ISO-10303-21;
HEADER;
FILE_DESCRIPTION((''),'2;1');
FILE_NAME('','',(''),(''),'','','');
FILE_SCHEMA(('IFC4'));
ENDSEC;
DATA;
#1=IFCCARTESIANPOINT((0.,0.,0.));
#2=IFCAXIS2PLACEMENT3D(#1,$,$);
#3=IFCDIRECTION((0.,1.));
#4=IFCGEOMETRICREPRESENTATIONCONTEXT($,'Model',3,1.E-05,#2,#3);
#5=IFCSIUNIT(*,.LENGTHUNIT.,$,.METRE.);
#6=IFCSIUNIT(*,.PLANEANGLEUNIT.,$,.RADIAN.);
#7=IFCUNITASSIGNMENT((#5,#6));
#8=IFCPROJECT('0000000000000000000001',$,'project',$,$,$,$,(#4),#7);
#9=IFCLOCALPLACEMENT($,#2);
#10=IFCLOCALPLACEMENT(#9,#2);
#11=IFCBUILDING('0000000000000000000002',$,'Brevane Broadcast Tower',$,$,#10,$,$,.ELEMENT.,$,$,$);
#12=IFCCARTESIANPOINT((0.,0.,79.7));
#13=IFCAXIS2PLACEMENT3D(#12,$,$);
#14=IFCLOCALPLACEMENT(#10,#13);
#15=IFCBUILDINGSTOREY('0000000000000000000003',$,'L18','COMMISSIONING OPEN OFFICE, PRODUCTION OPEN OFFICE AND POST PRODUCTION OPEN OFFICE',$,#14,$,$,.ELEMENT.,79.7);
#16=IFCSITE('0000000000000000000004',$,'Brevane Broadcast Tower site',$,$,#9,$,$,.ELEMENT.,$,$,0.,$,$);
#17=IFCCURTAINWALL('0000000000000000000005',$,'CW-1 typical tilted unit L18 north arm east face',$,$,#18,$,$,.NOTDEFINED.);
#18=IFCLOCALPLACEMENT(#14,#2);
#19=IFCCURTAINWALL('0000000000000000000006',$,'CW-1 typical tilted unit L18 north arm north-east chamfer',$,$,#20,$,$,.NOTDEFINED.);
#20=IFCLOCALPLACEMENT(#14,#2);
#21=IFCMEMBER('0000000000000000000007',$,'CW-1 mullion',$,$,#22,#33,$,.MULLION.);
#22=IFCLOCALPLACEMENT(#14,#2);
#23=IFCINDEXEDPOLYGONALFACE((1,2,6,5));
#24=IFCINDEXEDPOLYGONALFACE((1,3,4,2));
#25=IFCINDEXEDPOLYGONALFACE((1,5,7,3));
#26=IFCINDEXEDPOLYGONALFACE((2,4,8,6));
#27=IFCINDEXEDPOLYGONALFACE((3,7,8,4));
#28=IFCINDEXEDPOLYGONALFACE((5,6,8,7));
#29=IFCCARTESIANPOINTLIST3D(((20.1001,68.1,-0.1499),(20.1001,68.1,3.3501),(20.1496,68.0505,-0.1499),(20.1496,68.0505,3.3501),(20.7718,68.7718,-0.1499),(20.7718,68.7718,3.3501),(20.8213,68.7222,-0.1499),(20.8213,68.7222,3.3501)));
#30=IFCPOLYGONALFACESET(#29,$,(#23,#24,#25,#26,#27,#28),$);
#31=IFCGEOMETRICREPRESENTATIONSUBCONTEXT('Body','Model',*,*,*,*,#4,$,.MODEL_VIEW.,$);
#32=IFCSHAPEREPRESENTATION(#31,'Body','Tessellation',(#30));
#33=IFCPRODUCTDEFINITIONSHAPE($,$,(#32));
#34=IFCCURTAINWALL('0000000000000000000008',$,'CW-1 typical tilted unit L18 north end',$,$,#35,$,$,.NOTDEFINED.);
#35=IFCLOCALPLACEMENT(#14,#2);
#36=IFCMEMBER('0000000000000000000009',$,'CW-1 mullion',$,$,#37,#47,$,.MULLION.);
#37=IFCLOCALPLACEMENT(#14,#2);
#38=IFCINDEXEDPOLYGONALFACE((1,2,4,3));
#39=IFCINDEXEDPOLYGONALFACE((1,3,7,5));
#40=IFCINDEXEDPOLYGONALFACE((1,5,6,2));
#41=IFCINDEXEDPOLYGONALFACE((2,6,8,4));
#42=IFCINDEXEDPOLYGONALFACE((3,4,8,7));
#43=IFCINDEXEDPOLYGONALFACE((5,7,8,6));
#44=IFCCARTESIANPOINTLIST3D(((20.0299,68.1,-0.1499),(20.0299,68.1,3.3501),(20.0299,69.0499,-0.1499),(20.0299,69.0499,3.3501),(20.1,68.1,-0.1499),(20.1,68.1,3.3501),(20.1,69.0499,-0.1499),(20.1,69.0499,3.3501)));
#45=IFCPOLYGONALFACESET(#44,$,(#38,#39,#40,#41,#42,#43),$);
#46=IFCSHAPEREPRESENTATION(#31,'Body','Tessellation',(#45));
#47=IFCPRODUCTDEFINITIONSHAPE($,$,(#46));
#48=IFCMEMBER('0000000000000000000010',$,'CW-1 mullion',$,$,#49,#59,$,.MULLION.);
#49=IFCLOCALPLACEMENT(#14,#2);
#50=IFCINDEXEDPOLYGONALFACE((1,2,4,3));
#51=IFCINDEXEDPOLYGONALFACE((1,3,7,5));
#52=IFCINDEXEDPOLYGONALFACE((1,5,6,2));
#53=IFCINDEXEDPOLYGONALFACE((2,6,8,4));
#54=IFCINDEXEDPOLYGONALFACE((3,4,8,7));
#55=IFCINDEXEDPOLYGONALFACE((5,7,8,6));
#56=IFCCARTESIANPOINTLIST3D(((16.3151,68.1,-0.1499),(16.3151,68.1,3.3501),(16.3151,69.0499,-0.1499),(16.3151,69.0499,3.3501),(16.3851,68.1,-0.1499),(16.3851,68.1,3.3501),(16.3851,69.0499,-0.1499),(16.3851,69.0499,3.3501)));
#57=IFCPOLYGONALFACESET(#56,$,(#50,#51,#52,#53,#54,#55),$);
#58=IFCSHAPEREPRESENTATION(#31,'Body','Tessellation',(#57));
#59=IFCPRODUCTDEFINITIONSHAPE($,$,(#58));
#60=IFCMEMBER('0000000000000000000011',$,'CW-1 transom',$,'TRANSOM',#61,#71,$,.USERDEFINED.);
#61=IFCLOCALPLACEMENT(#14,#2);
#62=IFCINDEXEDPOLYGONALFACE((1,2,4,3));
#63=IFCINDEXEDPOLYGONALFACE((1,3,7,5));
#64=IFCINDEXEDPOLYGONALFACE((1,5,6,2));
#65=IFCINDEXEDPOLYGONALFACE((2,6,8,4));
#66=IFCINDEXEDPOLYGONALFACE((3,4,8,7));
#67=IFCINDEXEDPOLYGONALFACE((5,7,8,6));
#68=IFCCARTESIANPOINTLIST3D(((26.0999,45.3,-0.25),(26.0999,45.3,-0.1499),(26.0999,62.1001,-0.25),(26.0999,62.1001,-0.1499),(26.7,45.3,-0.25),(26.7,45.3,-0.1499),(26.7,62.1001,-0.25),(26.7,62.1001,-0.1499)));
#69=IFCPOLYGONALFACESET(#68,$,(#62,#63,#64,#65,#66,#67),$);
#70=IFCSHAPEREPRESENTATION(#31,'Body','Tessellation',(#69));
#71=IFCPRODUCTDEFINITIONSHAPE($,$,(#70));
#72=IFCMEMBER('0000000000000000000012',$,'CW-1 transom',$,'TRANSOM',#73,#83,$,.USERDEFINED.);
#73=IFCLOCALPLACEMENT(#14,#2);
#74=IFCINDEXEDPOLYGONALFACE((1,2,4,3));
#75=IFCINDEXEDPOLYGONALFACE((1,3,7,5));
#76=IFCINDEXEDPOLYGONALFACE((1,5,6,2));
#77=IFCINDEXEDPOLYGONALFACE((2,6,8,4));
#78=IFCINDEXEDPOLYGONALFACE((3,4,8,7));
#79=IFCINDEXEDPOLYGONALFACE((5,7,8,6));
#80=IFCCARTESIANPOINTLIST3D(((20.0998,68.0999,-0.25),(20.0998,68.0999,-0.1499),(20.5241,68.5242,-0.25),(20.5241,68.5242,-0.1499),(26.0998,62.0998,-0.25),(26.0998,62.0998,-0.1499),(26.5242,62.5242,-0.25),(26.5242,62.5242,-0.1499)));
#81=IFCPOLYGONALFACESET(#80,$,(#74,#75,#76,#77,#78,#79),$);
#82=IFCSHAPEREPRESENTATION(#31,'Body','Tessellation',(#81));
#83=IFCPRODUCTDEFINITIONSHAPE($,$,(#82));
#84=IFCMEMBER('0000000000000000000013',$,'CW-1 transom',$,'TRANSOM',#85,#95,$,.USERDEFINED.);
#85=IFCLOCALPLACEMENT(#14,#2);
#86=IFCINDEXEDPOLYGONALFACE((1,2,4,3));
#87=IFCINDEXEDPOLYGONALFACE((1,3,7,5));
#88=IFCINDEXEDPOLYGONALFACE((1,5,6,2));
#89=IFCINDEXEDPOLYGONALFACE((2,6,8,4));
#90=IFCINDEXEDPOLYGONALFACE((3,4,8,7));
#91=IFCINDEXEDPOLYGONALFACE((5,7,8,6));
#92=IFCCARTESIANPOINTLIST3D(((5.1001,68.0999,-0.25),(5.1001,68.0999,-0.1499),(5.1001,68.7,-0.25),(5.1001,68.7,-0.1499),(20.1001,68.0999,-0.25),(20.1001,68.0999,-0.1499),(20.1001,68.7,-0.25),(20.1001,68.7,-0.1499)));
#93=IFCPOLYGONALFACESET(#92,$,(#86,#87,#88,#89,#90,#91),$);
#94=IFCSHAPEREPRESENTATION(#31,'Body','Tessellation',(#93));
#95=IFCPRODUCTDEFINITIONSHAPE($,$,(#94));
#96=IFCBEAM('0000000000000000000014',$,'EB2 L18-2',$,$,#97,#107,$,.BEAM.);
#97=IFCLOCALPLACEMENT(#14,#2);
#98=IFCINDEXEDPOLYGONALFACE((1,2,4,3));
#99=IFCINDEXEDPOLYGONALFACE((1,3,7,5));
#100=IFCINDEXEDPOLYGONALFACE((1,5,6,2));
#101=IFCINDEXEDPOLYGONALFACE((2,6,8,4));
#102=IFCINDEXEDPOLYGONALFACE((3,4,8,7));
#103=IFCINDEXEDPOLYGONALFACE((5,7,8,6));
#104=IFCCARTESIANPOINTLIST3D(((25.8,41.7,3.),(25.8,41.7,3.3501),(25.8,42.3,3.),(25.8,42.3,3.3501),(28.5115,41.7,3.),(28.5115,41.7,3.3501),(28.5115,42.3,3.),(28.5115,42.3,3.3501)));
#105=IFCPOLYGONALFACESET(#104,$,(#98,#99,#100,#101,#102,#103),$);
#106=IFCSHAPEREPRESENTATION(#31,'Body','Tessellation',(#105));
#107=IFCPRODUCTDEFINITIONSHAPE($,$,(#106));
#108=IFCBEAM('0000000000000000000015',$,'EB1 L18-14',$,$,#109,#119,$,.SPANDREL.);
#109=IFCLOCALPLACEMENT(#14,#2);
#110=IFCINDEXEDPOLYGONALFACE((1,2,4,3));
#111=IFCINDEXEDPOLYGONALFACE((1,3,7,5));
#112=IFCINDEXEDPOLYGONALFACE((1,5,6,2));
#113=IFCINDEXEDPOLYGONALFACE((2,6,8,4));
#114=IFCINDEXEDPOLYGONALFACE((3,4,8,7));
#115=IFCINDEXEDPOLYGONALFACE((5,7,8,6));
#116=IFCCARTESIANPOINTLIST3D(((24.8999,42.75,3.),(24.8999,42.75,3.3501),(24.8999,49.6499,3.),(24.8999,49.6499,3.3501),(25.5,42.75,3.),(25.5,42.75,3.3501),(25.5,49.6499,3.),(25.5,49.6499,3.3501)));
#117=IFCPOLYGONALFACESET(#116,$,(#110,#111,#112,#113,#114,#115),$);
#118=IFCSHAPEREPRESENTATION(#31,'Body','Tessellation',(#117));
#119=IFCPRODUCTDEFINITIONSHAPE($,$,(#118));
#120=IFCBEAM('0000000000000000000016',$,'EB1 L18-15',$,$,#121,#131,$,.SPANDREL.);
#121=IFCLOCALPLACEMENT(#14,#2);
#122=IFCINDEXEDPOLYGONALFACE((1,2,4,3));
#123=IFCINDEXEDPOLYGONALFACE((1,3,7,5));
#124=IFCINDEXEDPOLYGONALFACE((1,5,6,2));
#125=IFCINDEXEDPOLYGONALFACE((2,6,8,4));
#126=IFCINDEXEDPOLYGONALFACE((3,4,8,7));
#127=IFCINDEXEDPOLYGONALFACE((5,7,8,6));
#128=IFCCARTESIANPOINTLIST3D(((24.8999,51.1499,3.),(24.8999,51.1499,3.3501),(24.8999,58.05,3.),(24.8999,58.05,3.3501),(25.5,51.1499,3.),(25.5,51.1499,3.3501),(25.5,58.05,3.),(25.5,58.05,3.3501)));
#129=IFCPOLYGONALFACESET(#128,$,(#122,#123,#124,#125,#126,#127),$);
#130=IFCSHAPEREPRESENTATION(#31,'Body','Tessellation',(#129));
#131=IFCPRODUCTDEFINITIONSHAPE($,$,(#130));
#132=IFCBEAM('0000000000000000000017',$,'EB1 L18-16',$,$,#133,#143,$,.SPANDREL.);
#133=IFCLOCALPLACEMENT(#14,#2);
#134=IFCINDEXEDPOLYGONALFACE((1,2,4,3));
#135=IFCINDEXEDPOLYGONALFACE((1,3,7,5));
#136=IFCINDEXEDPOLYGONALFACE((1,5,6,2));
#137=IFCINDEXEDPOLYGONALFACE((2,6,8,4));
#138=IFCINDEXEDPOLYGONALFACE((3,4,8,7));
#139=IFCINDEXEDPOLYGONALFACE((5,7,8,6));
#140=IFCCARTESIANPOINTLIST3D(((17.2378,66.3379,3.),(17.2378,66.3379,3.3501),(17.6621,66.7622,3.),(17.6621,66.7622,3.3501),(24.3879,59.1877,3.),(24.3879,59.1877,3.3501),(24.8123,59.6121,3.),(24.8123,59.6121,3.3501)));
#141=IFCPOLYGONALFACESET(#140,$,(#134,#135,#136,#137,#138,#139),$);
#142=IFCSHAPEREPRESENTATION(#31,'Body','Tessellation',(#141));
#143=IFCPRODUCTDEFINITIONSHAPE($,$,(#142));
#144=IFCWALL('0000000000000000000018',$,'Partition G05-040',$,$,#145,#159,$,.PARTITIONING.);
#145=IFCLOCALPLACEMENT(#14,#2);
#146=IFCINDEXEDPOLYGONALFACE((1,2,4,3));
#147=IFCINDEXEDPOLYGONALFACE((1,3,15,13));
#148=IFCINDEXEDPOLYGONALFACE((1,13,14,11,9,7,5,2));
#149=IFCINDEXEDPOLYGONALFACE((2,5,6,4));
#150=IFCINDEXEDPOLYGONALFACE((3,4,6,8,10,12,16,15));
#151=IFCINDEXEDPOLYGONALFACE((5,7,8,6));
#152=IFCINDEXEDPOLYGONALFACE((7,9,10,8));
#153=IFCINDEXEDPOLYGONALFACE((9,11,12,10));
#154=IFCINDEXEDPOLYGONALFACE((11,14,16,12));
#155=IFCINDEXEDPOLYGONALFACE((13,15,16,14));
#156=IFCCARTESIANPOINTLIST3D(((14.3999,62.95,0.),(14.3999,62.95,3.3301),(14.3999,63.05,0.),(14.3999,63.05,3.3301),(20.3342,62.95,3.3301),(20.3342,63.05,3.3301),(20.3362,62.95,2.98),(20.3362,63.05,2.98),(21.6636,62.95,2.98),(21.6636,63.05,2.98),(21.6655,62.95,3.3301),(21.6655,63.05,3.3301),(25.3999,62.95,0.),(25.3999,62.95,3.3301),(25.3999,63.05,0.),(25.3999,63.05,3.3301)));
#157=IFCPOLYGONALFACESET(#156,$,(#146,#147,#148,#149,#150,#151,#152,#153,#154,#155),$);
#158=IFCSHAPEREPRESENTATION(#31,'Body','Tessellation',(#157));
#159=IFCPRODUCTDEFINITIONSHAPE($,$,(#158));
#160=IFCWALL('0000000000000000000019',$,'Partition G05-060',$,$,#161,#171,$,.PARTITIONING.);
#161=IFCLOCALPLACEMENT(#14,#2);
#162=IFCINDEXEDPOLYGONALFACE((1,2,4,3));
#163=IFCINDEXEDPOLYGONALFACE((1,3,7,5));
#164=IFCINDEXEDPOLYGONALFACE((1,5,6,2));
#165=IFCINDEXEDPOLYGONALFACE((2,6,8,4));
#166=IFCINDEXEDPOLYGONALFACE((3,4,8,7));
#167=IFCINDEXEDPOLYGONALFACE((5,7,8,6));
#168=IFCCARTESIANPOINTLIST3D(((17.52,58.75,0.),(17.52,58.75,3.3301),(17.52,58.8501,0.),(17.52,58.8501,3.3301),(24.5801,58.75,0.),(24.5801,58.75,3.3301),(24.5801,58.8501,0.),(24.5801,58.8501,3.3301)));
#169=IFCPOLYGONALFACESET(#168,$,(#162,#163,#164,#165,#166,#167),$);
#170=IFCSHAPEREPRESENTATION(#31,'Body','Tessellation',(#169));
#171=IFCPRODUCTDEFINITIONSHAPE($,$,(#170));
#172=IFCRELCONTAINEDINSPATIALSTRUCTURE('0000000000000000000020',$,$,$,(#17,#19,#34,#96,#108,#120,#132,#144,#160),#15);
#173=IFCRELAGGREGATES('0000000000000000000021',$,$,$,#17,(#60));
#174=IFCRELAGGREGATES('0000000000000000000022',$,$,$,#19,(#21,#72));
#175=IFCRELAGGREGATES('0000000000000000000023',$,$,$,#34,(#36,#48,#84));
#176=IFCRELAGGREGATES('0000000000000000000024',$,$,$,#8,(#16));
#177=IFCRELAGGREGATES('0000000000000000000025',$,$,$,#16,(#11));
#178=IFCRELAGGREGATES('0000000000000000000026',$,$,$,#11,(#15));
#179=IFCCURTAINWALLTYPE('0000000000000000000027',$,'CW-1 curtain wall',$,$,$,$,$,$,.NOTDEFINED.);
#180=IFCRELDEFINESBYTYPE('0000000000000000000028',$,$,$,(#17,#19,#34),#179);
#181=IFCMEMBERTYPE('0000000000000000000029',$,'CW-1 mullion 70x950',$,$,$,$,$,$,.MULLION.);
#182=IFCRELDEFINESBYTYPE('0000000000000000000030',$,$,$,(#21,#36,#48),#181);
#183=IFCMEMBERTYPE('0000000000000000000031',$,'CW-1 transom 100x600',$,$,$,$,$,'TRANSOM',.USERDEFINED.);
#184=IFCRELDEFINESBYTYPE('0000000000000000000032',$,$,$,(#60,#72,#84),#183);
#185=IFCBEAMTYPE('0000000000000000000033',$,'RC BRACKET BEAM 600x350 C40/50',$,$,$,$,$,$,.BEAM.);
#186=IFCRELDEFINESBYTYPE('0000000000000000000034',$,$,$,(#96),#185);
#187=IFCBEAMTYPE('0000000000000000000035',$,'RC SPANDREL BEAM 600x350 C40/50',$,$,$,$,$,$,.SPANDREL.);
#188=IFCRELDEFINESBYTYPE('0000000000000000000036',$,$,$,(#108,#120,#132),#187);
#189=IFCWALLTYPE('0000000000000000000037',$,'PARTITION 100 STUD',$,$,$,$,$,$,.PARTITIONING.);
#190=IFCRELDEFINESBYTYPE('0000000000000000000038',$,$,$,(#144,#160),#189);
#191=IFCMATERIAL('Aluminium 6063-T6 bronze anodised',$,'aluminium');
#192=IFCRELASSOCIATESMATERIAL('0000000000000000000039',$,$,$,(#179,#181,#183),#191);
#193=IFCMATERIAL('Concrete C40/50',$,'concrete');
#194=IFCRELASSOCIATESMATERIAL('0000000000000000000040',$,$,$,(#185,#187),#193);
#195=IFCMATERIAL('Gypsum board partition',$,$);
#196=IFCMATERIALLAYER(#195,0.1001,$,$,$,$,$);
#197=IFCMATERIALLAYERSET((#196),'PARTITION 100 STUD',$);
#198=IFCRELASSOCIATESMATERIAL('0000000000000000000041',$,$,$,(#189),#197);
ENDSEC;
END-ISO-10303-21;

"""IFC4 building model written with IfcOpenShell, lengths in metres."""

from ifc_helpers import new_model, si_unit, direction, frame, frame_2d, origin, origin_2d, place, context, subcontext, project, spatial, polyline, rectangle, outline, extrude, material, layer, layer_set, material_profile, profile_set, type_object, element, aggregate, save


model = new_model("IFC4")

# Units and contexts
model_context = context("Model", 3, precision=1e-05, world=origin(), true_north=direction((0.0, 1.0)))
body_context = subcontext(model_context, "Body", "Model", "MODEL_VIEW")
ifc_project = project(units=[si_unit("LENGTHUNIT", "METRE"), si_unit("PLANEANGLEUNIT", "RADIAN")], contexts=[model_context])

# Site, building, storey
site_placement = place(None, origin())
site = spatial("IfcSite", under=ifc_project, at=site_placement, Name="Brevane Broadcast Tower site", CompositionType="ELEMENT", RefElevation=0.0)
building_placement = place(site_placement, origin())
building = spatial("IfcBuilding", under=site, at=building_placement, Name="Brevane Broadcast Tower", CompositionType="ELEMENT")
storey_placement = place(building_placement, frame((0.0, 0.0, 79.7)))
storey = spatial("IfcBuildingStorey", under=building, at=storey_placement, Name="L18", Description="COMMISSIONING OPEN OFFICE, PRODUCTION OPEN OFFICE AND POST PRODUCTION OPEN OFFICE", CompositionType="ELEMENT", Elevation=79.7)

# Shared definitions
ifc_material_1 = material(Name="Aluminium 6063-T6 bronze anodised", Category="aluminium")
curtain_wall_type = type_object("IfcCurtainWallType", Name="CW-1 curtain wall", PredefinedType="NOTDEFINED", material=ifc_material_1)
ifc_material_profile_1 = material_profile(ifc_material_1, rectangle(XDim=0.95, YDim=0.0701, at=origin_2d()), Name="RECT 70x950")
ifc_profile_set_1 = profile_set([ifc_material_profile_1], Name="Aluminium 6063-T6 bronze anodised")
member_type_1 = type_object("IfcMemberType", Name="CW-1 mullion 70x950", PredefinedType="MULLION", material=ifc_profile_set_1)

# Curtain walls, members
curtain_wall_1_placement = place(storey_placement, origin())
curtain_wall_1 = element("IfcCurtainWall", 1, at=curtain_wall_1_placement, inside=storey, type_object=curtain_wall_type, Name="CW-1 typical tilted unit L18 north arm east face", PredefinedType="NOTDEFINED")
curtain_wall_2_placement = place(storey_placement, origin())
curtain_wall_2 = element("IfcCurtainWall", 2, at=curtain_wall_2_placement, inside=storey, type_object=curtain_wall_type, Name="CW-1 typical tilted unit L18 north arm north-east chamfer", PredefinedType="NOTDEFINED")
member_1_placement = place(storey_placement, frame((20.4607, 68.4111, -0.1499), z_axis=(0.0, 0.0, 1.0), x_axis=(-0.707107, -0.707107, 0.0)))
member_1 = element("IfcMember", 3, at=member_1_placement, type_object=member_type_1, Name="CW-1 mullion", PredefinedType="MULLION", context=body_context, shape_type="SweptSolid", body=[
    extrude(rectangle(XDim=0.95, YDim=0.0701, at=origin_2d()), origin(), (0.0, 0.0, 1.0), 3.5),
])
curtain_wall_3_placement = place(storey_placement, origin())
curtain_wall_3 = element("IfcCurtainWall", 4, at=curtain_wall_3_placement, inside=storey, type_object=curtain_wall_type, Name="CW-1 typical tilted unit L18 north end", PredefinedType="NOTDEFINED")
member_2_placement = place(storey_placement, frame((20.0649, 68.575, -0.1499), z_axis=(0.0, 0.0, 1.0), x_axis=(0.0, -1.0, 0.0)))
member_2 = element("IfcMember", 5, at=member_2_placement, type_object=member_type_1, Name="CW-1 mullion", PredefinedType="MULLION", context=body_context, shape_type="SweptSolid", body=[
    extrude(rectangle(XDim=0.95, YDim=0.0701, at=origin_2d()), origin(), (0.0, 0.0, 1.0), 3.5),
])
member_3_placement = place(storey_placement, frame((16.3501, 68.575, -0.1499), z_axis=(0.0, 0.0, 1.0), x_axis=(0.0, -1.0, 0.0)))
member_3 = element("IfcMember", 6, at=member_3_placement, type_object=member_type_1, Name="CW-1 mullion", PredefinedType="MULLION", context=body_context, shape_type="SweptSolid", body=[
    extrude(rectangle(XDim=0.95, YDim=0.0701, at=origin_2d()), origin(), (0.0, 0.0, 1.0), 3.5),
])

# Members
ifc_material_profile_2 = material_profile(ifc_material_1, rectangle(XDim=0.6001, YDim=0.1001, at=origin_2d()), Name="RECT 100x600")
ifc_profile_set_2 = profile_set([ifc_material_profile_2], Name="Aluminium 6063-T6 bronze anodised")
member_type_2 = type_object("IfcMemberType", Name="CW-1 transom 100x600", ElementType="TRANSOM", PredefinedType="USERDEFINED", material=ifc_profile_set_2)
member_4_placement = place(storey_placement, frame((26.3999, 45.3, -0.2), z_axis=(0.0, 1.0, 0.0), x_axis=(-1.0, 0.0, 0.0)))
member_4 = element("IfcMember", 7, at=member_4_placement, type_object=member_type_2, Name="CW-1 transom", ObjectType="TRANSOM", PredefinedType="USERDEFINED", context=body_context, shape_type="SweptSolid", body=[
    extrude(rectangle(XDim=0.6001, YDim=0.1001, at=origin_2d()), origin(), (0.0, 0.0, 1.0), 16.8),
])
aggregate(curtain_wall_1, [member_4])
member_5_placement = place(storey_placement, frame((26.312, 62.312, -0.2), z_axis=(-0.707107, 0.707107, 0.0), x_axis=(-0.707107, -0.707107, 0.0)))
member_5 = element("IfcMember", 8, at=member_5_placement, type_object=member_type_2, Name="CW-1 transom", ObjectType="TRANSOM", PredefinedType="USERDEFINED", context=body_context, shape_type="SweptSolid", body=[
    extrude(rectangle(XDim=0.6001, YDim=0.1001, at=origin_2d()), origin(), (0.0, 0.0, 1.0), 8.4854),
])
aggregate(curtain_wall_2, [member_1, member_5])
member_6_placement = place(storey_placement, frame((20.1001, 68.3999, -0.2), z_axis=(-1.0, 0.0, 0.0), x_axis=(0.0, -1.0, 0.0)))
member_6 = element("IfcMember", 9, at=member_6_placement, type_object=member_type_2, Name="CW-1 transom", ObjectType="TRANSOM", PredefinedType="USERDEFINED", context=body_context, shape_type="SweptSolid", body=[
    extrude(rectangle(XDim=0.6001, YDim=0.1001, at=origin_2d()), origin(), (0.0, 0.0, 1.0), 15.0),
])
aggregate(curtain_wall_3, [member_2, member_3, member_6])

# Beams
ifc_material_2 = material(Name="Concrete C40/50", Category="concrete")
ifc_material_profile_3 = material_profile(ifc_material_2, rectangle(XDim=0.6001, YDim=0.3501, at=origin_2d()), Name="RC 600x350")
ifc_profile_set_3 = profile_set([ifc_material_profile_3], Name="Concrete C40/50")
beam_type_1 = type_object("IfcBeamType", Name="RC BRACKET BEAM 600x350 C40/50", PredefinedType="BEAM", material=ifc_profile_set_3)
beam_1_placement = place(storey_placement, frame((25.8, 42.0, 3.175), z_axis=(1.0, 0.0, 0.0), x_axis=(0.0, 1.0, 0.0)))
element("IfcBeam", 10, at=beam_1_placement, inside=storey, type_object=beam_type_1, Name="EB2 L18-2", PredefinedType="BEAM", context=body_context, shape_type="SweptSolid", body=[
    extrude(rectangle(XDim=0.6001, YDim=0.3501, at=origin_2d()), origin(), (0.0, 0.0, 1.0), 2.7114),
])
ifc_material_profile_4 = material_profile(ifc_material_2, rectangle(XDim=0.6001, YDim=0.3501, at=origin_2d()), Name="RC 600x350")
ifc_profile_set_4 = profile_set([ifc_material_profile_4], Name="Concrete C40/50")
beam_type_2 = type_object("IfcBeamType", Name="RC SPANDREL BEAM 600x350 C40/50", PredefinedType="SPANDREL", material=ifc_profile_set_4)
beam_2_placement = place(storey_placement, frame((25.2, 42.75, 3.175), z_axis=(0.0, 1.0, 0.0), x_axis=(-1.0, 0.0, 0.0)))
element("IfcBeam", 11, at=beam_2_placement, inside=storey, type_object=beam_type_2, Name="EB1 L18-14", PredefinedType="SPANDREL", context=body_context, shape_type="SweptSolid", body=[
    extrude(rectangle(XDim=0.6001, YDim=0.3501, at=origin_2d()), origin(), (0.0, 0.0, 1.0), 6.8999),
])
beam_3_placement = place(storey_placement, frame((25.2, 51.1499, 3.175), z_axis=(0.0, 1.0, 0.0), x_axis=(-1.0, 0.0, 0.0)))
element("IfcBeam", 12, at=beam_3_placement, inside=storey, type_object=beam_type_2, Name="EB1 L18-15", PredefinedType="SPANDREL", context=body_context, shape_type="SweptSolid", body=[
    extrude(rectangle(XDim=0.6001, YDim=0.3501, at=origin_2d()), origin(), (0.0, 0.0, 1.0), 6.9001),
])
beam_4_placement = place(storey_placement, frame((24.6001, 59.3999, 3.175), z_axis=(-0.707107, 0.707107, 0.0), x_axis=(-0.707107, -0.707107, 0.0)))
element("IfcBeam", 13, at=beam_4_placement, inside=storey, type_object=beam_type_2, Name="EB1 L18-16", PredefinedType="SPANDREL", context=body_context, shape_type="SweptSolid", body=[
    extrude(rectangle(XDim=0.6001, YDim=0.3501, at=origin_2d()), origin(), (0.0, 0.0, 1.0), 10.1118),
])

# Walls
ifc_material_3 = material(Name="Gypsum board partition")
ifc_layer = layer(ifc_material_3, 0.1001)
ifc_layer_set = layer_set([ifc_layer], Name="PARTITION 100 STUD")
wall_type = type_object("IfcWallType", Name="PARTITION 100 STUD", PredefinedType="PARTITIONING", material=ifc_layer_set)
wall_1_placement = place(storey_placement, frame((25.3999, 63.0, 0.0), z_axis=(0.0, 0.0, 1.0), x_axis=(-1.0, 0.0, 0.0)))
element("IfcWall", 14, at=wall_1_placement, inside=storey, type_object=wall_type, Name="Partition G05-040", PredefinedType="PARTITIONING", context=body_context, shape_type="SweptSolid", body=[
    extrude(outline(polyline([(0.0, 0.0), (11.0, 0.0), (11.0, 3.3301), (5.0657, 3.3301), (5.0637, 2.98), (3.7363, 2.98), (3.7344, 3.3301), (0.0, 3.3301), (0.0, 0.0)])), frame((0.0, 0.05, 0.0), z_axis=(0.0, -1.0, 0.0), x_axis=(1.0, 0.0, 0.0)), (0.0, 0.0, 1.0), 0.1001),
])
wall_2_placement = place(storey_placement, frame((17.52, 58.8, 0.0), z_axis=(0.0, 0.0, 1.0), x_axis=(1.0, 0.0, 0.0)))
element("IfcWall", 15, at=wall_2_placement, inside=storey, type_object=wall_type, Name="Partition G05-060", PredefinedType="PARTITIONING", context=body_context, shape_type="SweptSolid", body=[
    extrude(rectangle(XDim=7.0601, YDim=0.1001, at=frame_2d((3.53, 0.0))), origin(), (0.0, 0.0, 1.0), 3.3301),
])

save(model, "model.ifc")
